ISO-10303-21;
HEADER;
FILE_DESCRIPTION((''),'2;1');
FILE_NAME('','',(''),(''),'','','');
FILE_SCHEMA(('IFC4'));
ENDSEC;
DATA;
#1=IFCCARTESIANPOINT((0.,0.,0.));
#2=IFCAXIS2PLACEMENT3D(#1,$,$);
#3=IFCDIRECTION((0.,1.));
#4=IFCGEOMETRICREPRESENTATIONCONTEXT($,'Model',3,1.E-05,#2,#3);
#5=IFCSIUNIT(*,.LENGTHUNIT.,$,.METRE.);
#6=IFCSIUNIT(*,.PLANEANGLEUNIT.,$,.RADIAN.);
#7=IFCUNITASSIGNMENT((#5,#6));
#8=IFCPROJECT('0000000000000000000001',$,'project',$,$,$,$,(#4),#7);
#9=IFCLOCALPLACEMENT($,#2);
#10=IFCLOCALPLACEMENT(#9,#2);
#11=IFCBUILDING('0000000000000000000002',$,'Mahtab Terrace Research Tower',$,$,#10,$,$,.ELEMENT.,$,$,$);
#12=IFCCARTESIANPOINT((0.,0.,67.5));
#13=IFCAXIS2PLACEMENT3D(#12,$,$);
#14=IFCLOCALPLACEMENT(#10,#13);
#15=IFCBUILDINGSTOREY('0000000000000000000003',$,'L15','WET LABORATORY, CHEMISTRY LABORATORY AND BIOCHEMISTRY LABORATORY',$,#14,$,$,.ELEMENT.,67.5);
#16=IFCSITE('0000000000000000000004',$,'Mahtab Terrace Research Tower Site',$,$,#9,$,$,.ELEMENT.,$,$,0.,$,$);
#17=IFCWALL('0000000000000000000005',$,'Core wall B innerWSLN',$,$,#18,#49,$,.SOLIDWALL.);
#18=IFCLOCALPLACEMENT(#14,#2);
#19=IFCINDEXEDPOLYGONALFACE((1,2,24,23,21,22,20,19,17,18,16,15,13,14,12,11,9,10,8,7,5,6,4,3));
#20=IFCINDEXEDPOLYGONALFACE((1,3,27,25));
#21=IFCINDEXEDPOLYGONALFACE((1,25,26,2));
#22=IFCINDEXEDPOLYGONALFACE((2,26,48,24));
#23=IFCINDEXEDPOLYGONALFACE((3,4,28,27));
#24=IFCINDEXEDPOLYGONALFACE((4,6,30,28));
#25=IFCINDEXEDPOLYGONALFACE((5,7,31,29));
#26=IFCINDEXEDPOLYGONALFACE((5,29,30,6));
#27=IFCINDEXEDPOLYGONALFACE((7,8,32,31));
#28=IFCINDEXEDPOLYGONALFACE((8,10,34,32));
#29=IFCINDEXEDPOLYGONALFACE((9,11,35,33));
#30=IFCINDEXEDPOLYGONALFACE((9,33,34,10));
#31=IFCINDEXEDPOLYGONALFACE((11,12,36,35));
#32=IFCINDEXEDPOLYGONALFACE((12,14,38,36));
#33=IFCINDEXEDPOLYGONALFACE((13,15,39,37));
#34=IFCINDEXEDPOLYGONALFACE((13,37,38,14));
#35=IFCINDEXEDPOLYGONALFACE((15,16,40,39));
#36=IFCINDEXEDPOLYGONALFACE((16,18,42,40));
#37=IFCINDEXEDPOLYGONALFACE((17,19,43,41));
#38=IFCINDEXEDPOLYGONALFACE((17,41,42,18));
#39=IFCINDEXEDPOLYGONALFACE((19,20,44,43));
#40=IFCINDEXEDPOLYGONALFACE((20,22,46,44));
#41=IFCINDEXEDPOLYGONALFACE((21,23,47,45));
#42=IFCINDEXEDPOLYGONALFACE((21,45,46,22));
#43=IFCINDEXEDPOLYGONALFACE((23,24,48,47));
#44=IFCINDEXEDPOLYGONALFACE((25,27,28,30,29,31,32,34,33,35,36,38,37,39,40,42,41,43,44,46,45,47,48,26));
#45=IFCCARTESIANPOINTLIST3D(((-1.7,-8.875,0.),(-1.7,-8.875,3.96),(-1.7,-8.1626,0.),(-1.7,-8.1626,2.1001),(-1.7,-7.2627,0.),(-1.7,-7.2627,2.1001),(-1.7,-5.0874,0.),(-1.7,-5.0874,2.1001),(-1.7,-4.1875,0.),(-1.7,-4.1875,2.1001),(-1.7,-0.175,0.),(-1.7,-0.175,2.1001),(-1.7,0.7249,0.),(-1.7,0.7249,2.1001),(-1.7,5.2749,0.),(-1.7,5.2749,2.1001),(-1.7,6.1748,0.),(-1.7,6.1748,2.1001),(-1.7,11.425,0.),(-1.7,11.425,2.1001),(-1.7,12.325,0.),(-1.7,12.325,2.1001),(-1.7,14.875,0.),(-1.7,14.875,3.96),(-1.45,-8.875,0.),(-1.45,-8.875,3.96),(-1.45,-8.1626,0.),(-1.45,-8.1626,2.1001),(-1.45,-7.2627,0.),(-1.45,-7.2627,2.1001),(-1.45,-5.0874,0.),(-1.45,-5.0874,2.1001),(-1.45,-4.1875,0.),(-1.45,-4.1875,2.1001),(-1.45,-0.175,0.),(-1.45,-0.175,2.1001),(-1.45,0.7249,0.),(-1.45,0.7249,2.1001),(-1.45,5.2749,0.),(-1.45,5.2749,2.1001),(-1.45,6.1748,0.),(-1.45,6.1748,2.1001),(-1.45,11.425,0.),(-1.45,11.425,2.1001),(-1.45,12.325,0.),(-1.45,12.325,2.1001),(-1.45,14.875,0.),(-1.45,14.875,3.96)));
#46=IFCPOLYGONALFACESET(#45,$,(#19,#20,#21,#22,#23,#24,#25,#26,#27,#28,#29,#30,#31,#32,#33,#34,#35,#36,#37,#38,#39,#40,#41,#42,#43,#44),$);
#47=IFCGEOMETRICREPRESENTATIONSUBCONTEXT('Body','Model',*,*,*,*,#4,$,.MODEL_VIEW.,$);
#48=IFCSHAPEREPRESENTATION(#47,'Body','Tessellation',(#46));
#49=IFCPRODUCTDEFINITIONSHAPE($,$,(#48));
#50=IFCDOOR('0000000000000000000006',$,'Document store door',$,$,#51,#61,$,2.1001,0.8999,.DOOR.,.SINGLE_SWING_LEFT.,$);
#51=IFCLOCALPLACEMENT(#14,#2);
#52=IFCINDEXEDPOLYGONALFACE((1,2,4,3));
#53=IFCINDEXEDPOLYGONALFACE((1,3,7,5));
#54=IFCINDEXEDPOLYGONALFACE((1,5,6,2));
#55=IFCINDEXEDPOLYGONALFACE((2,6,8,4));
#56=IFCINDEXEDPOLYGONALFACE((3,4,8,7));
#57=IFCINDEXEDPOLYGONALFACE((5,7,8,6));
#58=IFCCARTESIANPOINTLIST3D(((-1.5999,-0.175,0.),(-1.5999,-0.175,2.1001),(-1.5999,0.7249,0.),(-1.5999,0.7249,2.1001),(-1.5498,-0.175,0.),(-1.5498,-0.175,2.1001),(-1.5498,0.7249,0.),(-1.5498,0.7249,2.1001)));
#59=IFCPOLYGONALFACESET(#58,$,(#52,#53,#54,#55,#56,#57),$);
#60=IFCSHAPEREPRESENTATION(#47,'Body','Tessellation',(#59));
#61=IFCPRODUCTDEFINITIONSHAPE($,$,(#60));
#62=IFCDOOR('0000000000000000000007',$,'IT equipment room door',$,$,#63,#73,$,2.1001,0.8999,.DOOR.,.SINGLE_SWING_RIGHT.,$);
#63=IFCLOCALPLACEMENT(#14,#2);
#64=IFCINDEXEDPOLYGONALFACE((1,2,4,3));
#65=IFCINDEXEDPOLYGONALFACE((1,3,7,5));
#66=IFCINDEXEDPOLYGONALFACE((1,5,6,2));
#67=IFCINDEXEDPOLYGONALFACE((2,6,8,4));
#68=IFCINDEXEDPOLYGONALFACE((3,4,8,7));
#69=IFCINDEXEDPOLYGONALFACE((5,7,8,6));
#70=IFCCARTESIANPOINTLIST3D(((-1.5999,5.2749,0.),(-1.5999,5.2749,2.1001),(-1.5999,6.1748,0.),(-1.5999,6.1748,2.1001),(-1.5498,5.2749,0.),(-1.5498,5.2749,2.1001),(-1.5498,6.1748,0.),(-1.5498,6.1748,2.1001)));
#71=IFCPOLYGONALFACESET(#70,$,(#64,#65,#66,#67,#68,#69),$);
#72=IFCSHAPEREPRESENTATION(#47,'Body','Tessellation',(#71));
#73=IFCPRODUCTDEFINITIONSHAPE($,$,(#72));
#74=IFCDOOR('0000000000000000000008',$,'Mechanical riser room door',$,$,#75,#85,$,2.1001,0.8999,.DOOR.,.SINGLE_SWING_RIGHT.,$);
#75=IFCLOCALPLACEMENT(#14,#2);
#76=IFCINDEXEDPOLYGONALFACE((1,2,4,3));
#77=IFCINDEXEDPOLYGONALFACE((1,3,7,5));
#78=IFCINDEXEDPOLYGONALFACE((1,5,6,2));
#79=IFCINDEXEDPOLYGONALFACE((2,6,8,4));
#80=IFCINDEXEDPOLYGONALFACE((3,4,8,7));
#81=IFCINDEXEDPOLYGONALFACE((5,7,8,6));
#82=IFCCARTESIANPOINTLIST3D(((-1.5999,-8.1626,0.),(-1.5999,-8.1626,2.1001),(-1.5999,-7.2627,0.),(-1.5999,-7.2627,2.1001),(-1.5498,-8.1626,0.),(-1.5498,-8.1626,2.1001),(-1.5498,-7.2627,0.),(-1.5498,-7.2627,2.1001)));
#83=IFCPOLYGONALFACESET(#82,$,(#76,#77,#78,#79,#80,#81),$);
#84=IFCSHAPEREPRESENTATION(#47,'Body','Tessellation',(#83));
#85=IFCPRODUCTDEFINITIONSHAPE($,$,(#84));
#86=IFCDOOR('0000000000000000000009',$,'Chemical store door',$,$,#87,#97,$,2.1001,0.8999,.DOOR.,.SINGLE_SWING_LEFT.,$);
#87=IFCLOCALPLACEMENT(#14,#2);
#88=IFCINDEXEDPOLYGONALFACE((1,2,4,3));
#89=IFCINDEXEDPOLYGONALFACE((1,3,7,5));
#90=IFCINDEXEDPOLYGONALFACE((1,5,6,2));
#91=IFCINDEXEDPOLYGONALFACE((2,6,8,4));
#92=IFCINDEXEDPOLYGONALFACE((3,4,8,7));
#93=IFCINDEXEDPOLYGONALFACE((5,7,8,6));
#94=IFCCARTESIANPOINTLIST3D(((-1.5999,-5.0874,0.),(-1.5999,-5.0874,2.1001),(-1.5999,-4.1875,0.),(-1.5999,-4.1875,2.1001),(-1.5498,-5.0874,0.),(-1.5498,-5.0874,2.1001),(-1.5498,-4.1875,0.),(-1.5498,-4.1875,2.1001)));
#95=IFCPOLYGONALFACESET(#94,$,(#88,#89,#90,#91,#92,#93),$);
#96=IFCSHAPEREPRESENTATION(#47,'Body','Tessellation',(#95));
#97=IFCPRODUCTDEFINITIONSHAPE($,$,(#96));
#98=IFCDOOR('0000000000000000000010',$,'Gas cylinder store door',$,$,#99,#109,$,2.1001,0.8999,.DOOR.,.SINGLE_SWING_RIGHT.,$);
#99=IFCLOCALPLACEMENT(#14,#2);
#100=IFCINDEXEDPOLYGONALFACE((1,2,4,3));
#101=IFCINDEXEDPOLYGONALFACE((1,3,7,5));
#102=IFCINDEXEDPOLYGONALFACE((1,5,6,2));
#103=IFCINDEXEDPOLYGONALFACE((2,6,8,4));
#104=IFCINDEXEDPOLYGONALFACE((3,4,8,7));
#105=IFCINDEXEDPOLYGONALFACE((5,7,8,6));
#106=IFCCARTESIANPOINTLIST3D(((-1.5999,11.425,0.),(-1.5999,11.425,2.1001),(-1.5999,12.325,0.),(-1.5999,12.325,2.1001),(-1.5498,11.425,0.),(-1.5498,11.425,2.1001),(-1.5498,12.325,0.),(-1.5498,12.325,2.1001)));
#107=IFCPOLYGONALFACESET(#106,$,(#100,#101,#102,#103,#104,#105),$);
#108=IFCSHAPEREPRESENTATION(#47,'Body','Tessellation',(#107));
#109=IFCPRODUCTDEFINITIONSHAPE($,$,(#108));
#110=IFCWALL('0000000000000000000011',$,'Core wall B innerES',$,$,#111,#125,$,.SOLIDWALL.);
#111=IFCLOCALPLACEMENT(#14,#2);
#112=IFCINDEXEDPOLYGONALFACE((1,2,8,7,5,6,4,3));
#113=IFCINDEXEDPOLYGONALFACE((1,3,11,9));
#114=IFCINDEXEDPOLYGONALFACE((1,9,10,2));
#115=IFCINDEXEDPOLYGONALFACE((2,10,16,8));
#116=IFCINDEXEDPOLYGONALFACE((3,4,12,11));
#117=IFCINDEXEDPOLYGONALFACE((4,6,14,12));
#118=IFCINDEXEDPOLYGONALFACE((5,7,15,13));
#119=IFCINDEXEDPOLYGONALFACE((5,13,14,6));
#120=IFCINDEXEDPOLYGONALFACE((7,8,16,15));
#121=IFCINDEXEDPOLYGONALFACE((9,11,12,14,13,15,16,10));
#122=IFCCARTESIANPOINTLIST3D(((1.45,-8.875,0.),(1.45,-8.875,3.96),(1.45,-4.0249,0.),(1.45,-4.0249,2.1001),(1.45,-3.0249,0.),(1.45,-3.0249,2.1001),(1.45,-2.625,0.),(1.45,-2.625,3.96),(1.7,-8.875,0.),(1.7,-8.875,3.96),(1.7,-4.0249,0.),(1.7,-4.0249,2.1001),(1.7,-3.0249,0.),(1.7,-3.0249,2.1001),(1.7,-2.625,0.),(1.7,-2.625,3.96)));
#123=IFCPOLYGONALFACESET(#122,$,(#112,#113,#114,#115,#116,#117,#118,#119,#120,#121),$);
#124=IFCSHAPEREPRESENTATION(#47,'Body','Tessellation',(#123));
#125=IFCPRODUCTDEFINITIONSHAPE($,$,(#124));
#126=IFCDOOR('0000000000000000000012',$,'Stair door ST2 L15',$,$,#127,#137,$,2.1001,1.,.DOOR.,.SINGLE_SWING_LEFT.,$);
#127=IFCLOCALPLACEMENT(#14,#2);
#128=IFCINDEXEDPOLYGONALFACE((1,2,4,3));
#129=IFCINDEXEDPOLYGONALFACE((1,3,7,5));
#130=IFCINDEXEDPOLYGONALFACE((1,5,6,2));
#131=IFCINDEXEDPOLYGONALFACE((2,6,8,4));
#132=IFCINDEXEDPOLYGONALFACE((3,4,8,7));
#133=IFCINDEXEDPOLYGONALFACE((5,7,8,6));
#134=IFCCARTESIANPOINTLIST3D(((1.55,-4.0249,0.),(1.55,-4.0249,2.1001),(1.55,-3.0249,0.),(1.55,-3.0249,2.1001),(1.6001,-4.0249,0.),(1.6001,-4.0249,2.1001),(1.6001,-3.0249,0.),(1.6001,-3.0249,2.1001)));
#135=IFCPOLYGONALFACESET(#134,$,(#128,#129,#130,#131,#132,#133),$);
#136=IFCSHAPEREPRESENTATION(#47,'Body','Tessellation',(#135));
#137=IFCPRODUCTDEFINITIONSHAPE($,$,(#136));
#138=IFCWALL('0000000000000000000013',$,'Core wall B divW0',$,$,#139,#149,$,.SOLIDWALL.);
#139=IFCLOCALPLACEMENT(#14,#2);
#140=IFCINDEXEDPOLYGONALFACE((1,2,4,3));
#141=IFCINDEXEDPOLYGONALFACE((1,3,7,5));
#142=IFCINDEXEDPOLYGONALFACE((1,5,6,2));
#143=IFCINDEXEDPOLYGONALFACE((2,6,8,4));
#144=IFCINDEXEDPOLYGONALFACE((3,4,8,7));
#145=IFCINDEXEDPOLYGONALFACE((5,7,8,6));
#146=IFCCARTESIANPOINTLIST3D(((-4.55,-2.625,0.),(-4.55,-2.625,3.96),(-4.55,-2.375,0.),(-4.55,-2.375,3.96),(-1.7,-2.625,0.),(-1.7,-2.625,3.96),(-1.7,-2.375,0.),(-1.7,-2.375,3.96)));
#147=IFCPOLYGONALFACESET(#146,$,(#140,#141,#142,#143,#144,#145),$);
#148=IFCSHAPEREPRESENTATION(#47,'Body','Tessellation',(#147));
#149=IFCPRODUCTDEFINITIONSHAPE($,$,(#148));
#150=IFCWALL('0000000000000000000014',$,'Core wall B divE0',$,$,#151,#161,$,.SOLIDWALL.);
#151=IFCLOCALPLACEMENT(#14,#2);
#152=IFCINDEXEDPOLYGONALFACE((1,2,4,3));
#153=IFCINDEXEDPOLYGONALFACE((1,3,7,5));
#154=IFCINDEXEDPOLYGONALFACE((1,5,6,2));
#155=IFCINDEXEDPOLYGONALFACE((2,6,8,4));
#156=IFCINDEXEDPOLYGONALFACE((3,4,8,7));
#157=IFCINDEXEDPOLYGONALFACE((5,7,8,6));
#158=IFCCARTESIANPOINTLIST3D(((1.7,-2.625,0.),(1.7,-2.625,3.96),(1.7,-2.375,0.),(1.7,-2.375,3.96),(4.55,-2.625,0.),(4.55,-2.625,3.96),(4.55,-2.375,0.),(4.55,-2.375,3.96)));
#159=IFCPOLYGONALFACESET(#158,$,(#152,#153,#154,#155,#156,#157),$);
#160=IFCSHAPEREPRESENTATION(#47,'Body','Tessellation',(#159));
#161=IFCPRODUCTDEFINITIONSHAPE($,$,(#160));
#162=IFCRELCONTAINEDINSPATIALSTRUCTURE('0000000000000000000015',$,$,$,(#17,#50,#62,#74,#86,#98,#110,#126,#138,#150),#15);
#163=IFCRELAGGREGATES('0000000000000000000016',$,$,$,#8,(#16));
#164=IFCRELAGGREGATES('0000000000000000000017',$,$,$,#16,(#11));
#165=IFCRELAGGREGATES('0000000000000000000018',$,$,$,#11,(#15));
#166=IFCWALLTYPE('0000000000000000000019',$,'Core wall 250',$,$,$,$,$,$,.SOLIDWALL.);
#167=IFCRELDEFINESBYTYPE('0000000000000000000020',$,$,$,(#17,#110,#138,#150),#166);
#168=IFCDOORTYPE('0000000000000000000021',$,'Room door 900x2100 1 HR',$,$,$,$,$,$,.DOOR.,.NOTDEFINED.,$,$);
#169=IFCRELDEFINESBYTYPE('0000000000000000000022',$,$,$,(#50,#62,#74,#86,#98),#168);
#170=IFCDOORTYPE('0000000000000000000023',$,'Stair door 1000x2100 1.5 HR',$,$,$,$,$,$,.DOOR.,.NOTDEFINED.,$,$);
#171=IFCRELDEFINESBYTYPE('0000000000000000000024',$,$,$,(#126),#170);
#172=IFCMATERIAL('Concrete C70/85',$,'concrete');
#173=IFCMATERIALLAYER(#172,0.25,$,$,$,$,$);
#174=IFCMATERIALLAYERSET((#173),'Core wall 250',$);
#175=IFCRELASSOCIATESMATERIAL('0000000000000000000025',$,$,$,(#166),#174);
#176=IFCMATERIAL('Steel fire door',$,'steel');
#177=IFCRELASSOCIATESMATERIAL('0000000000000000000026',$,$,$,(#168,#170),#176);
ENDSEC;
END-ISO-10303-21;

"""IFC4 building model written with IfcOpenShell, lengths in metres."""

from ifc_helpers import new_model, si_unit, direction, frame, frame_2d, origin, place, context, subcontext, project, spatial, rectangle, extrude, material, layer, layer_set, type_object, element, fill, save


model = new_model("IFC4")

# Units and contexts
model_context = context("Model", 3, precision=1e-05, world=origin(), true_north=direction((0.0, 1.0)))
body_context = subcontext(model_context, "Body", "Model", "MODEL_VIEW")
ifc_project = project(units=[si_unit("LENGTHUNIT", "METRE"), si_unit("PLANEANGLEUNIT", "RADIAN")], contexts=[model_context])

# Site, building, storey
site_placement = place(None, origin())
site = spatial("IfcSite", under=ifc_project, at=site_placement, Name="Mahtab Terrace Research Tower Site", CompositionType="ELEMENT", RefElevation=0.0)
building_placement = place(site_placement, origin())
building = spatial("IfcBuilding", under=site, at=building_placement, Name="Mahtab Terrace Research Tower", CompositionType="ELEMENT")
storey_placement = place(building_placement, frame((0.0, 0.0, 67.5)))
storey = spatial("IfcBuildingStorey", under=building, at=storey_placement, Name="L15", Description="WET LABORATORY, CHEMISTRY LABORATORY AND BIOCHEMISTRY LABORATORY", CompositionType="ELEMENT", Elevation=67.5)

# Shared definitions
ifc_material_1 = material(Name="Concrete C70/85", Category="concrete")
ifc_layer_1 = layer(ifc_material_1, 0.25)
ifc_layer_set_1 = layer_set([ifc_layer_1], Name="Core wall 250")
wall_type = type_object("IfcWallType", Name="Core wall 250", PredefinedType="SOLIDWALL", material=ifc_layer_set_1)
ifc_material_2 = material(Name="Steel fire door", Category="steel")

# Wall, openings, doors
wall_1_placement = place(storey_placement, frame((-1.575, -8.875, 0.0), z_axis=(0.0, 0.0, 1.0), x_axis=(0.0, 1.0, 0.0)))
wall_1 = element("IfcWall", 1, at=wall_1_placement, inside=storey, type_object=wall_type, Name="Core wall B innerWSLN", PredefinedType="SOLIDWALL", context=body_context, shape_type="SweptSolid", body=[
    extrude(rectangle(XDim=23.75, YDim=0.25, at=frame_2d((11.875, 0.0))), origin(), (0.0, 0.0, 1.0), 3.96),
])
opening_1_placement = place(wall_1_placement, frame((8.7, 0.0, 0.0)))
opening_1 = element("IfcOpeningElement", 2, at=opening_1_placement, cuts=wall_1, PredefinedType="OPENING", context=body_context, shape_type="SweptSolid", body=[
    extrude(rectangle(XDim=0.8999, YDim=2.1001, at=frame_2d((0.45, 1.05))), frame((0.0, 0.135, 0.0), z_axis=(0.0, -1.0, 0.0), x_axis=(1.0, 0.0, 0.0)), (0.0, 0.0, 1.0), 0.27),
])
opening_2_placement = place(wall_1_placement, frame((14.1499, 0.0, 0.0)))
opening_2 = element("IfcOpeningElement", 3, at=opening_2_placement, cuts=wall_1, PredefinedType="OPENING", context=body_context, shape_type="SweptSolid", body=[
    extrude(rectangle(XDim=0.8999, YDim=2.1001, at=frame_2d((0.45, 1.05))), frame((0.0, 0.135, 0.0), z_axis=(0.0, -1.0, 0.0), x_axis=(1.0, 0.0, 0.0)), (0.0, 0.0, 1.0), 0.27),
])
opening_3_placement = place(wall_1_placement, frame((0.7124, 0.0, 0.0)))
opening_3 = element("IfcOpeningElement", 4, at=opening_3_placement, cuts=wall_1, PredefinedType="OPENING", context=body_context, shape_type="SweptSolid", body=[
    extrude(rectangle(XDim=0.8999, YDim=2.1001, at=frame_2d((0.45, 1.05))), frame((0.0, 0.135, 0.0), z_axis=(0.0, -1.0, 0.0), x_axis=(1.0, 0.0, 0.0)), (0.0, 0.0, 1.0), 0.27),
])
opening_4_placement = place(wall_1_placement, frame((3.7876, 0.0, 0.0)))
opening_4 = element("IfcOpeningElement", 5, at=opening_4_placement, cuts=wall_1, PredefinedType="OPENING", context=body_context, shape_type="SweptSolid", body=[
    extrude(rectangle(XDim=0.8999, YDim=2.1001, at=frame_2d((0.45, 1.05))), frame((0.0, 0.135, 0.0), z_axis=(0.0, -1.0, 0.0), x_axis=(1.0, 0.0, 0.0)), (0.0, 0.0, 1.0), 0.27),
])
opening_5_placement = place(wall_1_placement, frame((20.3, 0.0, 0.0)))
opening_5 = element("IfcOpeningElement", 6, at=opening_5_placement, cuts=wall_1, PredefinedType="OPENING", context=body_context, shape_type="SweptSolid", body=[
    extrude(rectangle(XDim=0.8999, YDim=2.1001, at=frame_2d((0.45, 1.05))), frame((0.0, 0.135, 0.0), z_axis=(0.0, -1.0, 0.0), x_axis=(1.0, 0.0, 0.0)), (0.0, 0.0, 1.0), 0.27),
])
door_type_1 = type_object("IfcDoorType", Name="Room door 900x2100 1 HR", OperationType="NOTDEFINED", PredefinedType="DOOR", material=ifc_material_2)
door_1_placement = place(opening_1_placement, origin())
door_1 = element("IfcDoor", 7, at=door_1_placement, inside=storey, type_object=door_type_1, Name="Document store door", OperationType="SINGLE_SWING_LEFT", OverallHeight=2.1001, OverallWidth=0.8999, PredefinedType="DOOR", context=body_context, shape_type="SweptSolid", body=[
    extrude(rectangle(XDim=0.8999, YDim=2.1001, at=frame_2d((0.45, 1.05))), frame((0.0, 0.0249, 0.0), z_axis=(0.0, -1.0, 0.0), x_axis=(1.0, 0.0, 0.0)), (0.0, 0.0, 1.0), 0.05),
])
fill(opening_1, door_1)
door_2_placement = place(opening_2_placement, origin())
door_2 = element("IfcDoor", 8, at=door_2_placement, inside=storey, type_object=door_type_1, Name="IT equipment room door", OperationType="SINGLE_SWING_RIGHT", OverallHeight=2.1001, OverallWidth=0.8999, PredefinedType="DOOR", context=body_context, shape_type="SweptSolid", body=[
    extrude(rectangle(XDim=0.8999, YDim=2.1001, at=frame_2d((0.45, 1.05))), frame((0.0, 0.0249, 0.0), z_axis=(0.0, -1.0, 0.0), x_axis=(1.0, 0.0, 0.0)), (0.0, 0.0, 1.0), 0.05),
])
fill(opening_2, door_2)
door_3_placement = place(opening_3_placement, origin())
door_3 = element("IfcDoor", 9, at=door_3_placement, inside=storey, type_object=door_type_1, Name="Mechanical riser room door", OperationType="SINGLE_SWING_RIGHT", OverallHeight=2.1001, OverallWidth=0.8999, PredefinedType="DOOR", context=body_context, shape_type="SweptSolid", body=[
    extrude(rectangle(XDim=0.8999, YDim=2.1001, at=frame_2d((0.45, 1.05))), frame((0.0, 0.0249, 0.0), z_axis=(0.0, -1.0, 0.0), x_axis=(1.0, 0.0, 0.0)), (0.0, 0.0, 1.0), 0.05),
])
fill(opening_3, door_3)
door_4_placement = place(opening_4_placement, origin())
door_4 = element("IfcDoor", 10, at=door_4_placement, inside=storey, type_object=door_type_1, Name="Chemical store door", OperationType="SINGLE_SWING_LEFT", OverallHeight=2.1001, OverallWidth=0.8999, PredefinedType="DOOR", context=body_context, shape_type="SweptSolid", body=[
    extrude(rectangle(XDim=0.8999, YDim=2.1001, at=frame_2d((0.45, 1.05))), frame((0.0, 0.0249, 0.0), z_axis=(0.0, -1.0, 0.0), x_axis=(1.0, 0.0, 0.0)), (0.0, 0.0, 1.0), 0.05),
])
fill(opening_4, door_4)
door_5_placement = place(opening_5_placement, origin())
door_5 = element("IfcDoor", 11, at=door_5_placement, inside=storey, type_object=door_type_1, Name="Gas cylinder store door", OperationType="SINGLE_SWING_RIGHT", OverallHeight=2.1001, OverallWidth=0.8999, PredefinedType="DOOR", context=body_context, shape_type="SweptSolid", body=[
    extrude(rectangle(XDim=0.8999, YDim=2.1001, at=frame_2d((0.45, 1.05))), frame((0.0, 0.0249, 0.0), z_axis=(0.0, -1.0, 0.0), x_axis=(1.0, 0.0, 0.0)), (0.0, 0.0, 1.0), 0.05),
])
fill(opening_5, door_5)

# Wall, opening, door
wall_2_placement = place(storey_placement, frame((1.575, -8.875, 0.0), z_axis=(0.0, 0.0, 1.0), x_axis=(0.0, 1.0, 0.0)))
wall_2 = element("IfcWall", 12, at=wall_2_placement, inside=storey, type_object=wall_type, Name="Core wall B innerES", PredefinedType="SOLIDWALL", context=body_context, shape_type="SweptSolid", body=[
    extrude(rectangle(XDim=6.25, YDim=0.25, at=frame_2d((3.125, 0.0))), origin(), (0.0, 0.0, 1.0), 3.96),
])
opening_6_placement = place(wall_2_placement, frame((4.8501, 0.0, 0.0)))
opening_6 = element("IfcOpeningElement", 13, at=opening_6_placement, cuts=wall_2, PredefinedType="OPENING", context=body_context, shape_type="SweptSolid", body=[
    extrude(rectangle(XDim=1.0, YDim=2.1001, at=frame_2d((0.5, 1.05))), frame((0.0, 0.135, 0.0), z_axis=(0.0, -1.0, 0.0), x_axis=(1.0, 0.0, 0.0)), (0.0, 0.0, 1.0), 0.27),
])
door_type_2 = type_object("IfcDoorType", Name="Stair door 1000x2100 1.5 HR", OperationType="NOTDEFINED", PredefinedType="DOOR", material=ifc_material_2)
door_6_placement = place(opening_6_placement, origin())
door_6 = element("IfcDoor", 14, at=door_6_placement, inside=storey, type_object=door_type_2, Name="Stair door ST2 L15", OperationType="SINGLE_SWING_LEFT", OverallHeight=2.1001, OverallWidth=1.0, PredefinedType="DOOR", context=body_context, shape_type="SweptSolid", body=[
    extrude(rectangle(XDim=1.0, YDim=2.1001, at=frame_2d((0.5, 1.05))), frame((0.0, 0.0249, 0.0), z_axis=(0.0, -1.0, 0.0), x_axis=(1.0, 0.0, 0.0)), (0.0, 0.0, 1.0), 0.05),
])
fill(opening_6, door_6)

# Walls
for number, where, z_axis, x_axis, name in (
    (15, (-4.55, -2.5, 0.0), (0.0, 0.0, 1.0), (1.0, 0.0, 0.0), "Core wall B divW0"),
    (16, (1.7, -2.5, 0.0), (0.0, 0.0, 1.0), (1.0, 0.0, 0.0), "Core wall B divE0"),
):
    element("IfcWall", number, at=place(storey_placement, frame(where, z_axis=z_axis, x_axis=x_axis)), inside=storey, type_object=wall_type, Name=name, PredefinedType="SOLIDWALL", context=body_context, shape_type="SweptSolid", body=[
        extrude(rectangle(XDim=2.8501, YDim=0.25, at=frame_2d((1.425, 0.0))), origin(), (0.0, 0.0, 1.0), 3.96),
    ])

save(model, "model.ifc")
